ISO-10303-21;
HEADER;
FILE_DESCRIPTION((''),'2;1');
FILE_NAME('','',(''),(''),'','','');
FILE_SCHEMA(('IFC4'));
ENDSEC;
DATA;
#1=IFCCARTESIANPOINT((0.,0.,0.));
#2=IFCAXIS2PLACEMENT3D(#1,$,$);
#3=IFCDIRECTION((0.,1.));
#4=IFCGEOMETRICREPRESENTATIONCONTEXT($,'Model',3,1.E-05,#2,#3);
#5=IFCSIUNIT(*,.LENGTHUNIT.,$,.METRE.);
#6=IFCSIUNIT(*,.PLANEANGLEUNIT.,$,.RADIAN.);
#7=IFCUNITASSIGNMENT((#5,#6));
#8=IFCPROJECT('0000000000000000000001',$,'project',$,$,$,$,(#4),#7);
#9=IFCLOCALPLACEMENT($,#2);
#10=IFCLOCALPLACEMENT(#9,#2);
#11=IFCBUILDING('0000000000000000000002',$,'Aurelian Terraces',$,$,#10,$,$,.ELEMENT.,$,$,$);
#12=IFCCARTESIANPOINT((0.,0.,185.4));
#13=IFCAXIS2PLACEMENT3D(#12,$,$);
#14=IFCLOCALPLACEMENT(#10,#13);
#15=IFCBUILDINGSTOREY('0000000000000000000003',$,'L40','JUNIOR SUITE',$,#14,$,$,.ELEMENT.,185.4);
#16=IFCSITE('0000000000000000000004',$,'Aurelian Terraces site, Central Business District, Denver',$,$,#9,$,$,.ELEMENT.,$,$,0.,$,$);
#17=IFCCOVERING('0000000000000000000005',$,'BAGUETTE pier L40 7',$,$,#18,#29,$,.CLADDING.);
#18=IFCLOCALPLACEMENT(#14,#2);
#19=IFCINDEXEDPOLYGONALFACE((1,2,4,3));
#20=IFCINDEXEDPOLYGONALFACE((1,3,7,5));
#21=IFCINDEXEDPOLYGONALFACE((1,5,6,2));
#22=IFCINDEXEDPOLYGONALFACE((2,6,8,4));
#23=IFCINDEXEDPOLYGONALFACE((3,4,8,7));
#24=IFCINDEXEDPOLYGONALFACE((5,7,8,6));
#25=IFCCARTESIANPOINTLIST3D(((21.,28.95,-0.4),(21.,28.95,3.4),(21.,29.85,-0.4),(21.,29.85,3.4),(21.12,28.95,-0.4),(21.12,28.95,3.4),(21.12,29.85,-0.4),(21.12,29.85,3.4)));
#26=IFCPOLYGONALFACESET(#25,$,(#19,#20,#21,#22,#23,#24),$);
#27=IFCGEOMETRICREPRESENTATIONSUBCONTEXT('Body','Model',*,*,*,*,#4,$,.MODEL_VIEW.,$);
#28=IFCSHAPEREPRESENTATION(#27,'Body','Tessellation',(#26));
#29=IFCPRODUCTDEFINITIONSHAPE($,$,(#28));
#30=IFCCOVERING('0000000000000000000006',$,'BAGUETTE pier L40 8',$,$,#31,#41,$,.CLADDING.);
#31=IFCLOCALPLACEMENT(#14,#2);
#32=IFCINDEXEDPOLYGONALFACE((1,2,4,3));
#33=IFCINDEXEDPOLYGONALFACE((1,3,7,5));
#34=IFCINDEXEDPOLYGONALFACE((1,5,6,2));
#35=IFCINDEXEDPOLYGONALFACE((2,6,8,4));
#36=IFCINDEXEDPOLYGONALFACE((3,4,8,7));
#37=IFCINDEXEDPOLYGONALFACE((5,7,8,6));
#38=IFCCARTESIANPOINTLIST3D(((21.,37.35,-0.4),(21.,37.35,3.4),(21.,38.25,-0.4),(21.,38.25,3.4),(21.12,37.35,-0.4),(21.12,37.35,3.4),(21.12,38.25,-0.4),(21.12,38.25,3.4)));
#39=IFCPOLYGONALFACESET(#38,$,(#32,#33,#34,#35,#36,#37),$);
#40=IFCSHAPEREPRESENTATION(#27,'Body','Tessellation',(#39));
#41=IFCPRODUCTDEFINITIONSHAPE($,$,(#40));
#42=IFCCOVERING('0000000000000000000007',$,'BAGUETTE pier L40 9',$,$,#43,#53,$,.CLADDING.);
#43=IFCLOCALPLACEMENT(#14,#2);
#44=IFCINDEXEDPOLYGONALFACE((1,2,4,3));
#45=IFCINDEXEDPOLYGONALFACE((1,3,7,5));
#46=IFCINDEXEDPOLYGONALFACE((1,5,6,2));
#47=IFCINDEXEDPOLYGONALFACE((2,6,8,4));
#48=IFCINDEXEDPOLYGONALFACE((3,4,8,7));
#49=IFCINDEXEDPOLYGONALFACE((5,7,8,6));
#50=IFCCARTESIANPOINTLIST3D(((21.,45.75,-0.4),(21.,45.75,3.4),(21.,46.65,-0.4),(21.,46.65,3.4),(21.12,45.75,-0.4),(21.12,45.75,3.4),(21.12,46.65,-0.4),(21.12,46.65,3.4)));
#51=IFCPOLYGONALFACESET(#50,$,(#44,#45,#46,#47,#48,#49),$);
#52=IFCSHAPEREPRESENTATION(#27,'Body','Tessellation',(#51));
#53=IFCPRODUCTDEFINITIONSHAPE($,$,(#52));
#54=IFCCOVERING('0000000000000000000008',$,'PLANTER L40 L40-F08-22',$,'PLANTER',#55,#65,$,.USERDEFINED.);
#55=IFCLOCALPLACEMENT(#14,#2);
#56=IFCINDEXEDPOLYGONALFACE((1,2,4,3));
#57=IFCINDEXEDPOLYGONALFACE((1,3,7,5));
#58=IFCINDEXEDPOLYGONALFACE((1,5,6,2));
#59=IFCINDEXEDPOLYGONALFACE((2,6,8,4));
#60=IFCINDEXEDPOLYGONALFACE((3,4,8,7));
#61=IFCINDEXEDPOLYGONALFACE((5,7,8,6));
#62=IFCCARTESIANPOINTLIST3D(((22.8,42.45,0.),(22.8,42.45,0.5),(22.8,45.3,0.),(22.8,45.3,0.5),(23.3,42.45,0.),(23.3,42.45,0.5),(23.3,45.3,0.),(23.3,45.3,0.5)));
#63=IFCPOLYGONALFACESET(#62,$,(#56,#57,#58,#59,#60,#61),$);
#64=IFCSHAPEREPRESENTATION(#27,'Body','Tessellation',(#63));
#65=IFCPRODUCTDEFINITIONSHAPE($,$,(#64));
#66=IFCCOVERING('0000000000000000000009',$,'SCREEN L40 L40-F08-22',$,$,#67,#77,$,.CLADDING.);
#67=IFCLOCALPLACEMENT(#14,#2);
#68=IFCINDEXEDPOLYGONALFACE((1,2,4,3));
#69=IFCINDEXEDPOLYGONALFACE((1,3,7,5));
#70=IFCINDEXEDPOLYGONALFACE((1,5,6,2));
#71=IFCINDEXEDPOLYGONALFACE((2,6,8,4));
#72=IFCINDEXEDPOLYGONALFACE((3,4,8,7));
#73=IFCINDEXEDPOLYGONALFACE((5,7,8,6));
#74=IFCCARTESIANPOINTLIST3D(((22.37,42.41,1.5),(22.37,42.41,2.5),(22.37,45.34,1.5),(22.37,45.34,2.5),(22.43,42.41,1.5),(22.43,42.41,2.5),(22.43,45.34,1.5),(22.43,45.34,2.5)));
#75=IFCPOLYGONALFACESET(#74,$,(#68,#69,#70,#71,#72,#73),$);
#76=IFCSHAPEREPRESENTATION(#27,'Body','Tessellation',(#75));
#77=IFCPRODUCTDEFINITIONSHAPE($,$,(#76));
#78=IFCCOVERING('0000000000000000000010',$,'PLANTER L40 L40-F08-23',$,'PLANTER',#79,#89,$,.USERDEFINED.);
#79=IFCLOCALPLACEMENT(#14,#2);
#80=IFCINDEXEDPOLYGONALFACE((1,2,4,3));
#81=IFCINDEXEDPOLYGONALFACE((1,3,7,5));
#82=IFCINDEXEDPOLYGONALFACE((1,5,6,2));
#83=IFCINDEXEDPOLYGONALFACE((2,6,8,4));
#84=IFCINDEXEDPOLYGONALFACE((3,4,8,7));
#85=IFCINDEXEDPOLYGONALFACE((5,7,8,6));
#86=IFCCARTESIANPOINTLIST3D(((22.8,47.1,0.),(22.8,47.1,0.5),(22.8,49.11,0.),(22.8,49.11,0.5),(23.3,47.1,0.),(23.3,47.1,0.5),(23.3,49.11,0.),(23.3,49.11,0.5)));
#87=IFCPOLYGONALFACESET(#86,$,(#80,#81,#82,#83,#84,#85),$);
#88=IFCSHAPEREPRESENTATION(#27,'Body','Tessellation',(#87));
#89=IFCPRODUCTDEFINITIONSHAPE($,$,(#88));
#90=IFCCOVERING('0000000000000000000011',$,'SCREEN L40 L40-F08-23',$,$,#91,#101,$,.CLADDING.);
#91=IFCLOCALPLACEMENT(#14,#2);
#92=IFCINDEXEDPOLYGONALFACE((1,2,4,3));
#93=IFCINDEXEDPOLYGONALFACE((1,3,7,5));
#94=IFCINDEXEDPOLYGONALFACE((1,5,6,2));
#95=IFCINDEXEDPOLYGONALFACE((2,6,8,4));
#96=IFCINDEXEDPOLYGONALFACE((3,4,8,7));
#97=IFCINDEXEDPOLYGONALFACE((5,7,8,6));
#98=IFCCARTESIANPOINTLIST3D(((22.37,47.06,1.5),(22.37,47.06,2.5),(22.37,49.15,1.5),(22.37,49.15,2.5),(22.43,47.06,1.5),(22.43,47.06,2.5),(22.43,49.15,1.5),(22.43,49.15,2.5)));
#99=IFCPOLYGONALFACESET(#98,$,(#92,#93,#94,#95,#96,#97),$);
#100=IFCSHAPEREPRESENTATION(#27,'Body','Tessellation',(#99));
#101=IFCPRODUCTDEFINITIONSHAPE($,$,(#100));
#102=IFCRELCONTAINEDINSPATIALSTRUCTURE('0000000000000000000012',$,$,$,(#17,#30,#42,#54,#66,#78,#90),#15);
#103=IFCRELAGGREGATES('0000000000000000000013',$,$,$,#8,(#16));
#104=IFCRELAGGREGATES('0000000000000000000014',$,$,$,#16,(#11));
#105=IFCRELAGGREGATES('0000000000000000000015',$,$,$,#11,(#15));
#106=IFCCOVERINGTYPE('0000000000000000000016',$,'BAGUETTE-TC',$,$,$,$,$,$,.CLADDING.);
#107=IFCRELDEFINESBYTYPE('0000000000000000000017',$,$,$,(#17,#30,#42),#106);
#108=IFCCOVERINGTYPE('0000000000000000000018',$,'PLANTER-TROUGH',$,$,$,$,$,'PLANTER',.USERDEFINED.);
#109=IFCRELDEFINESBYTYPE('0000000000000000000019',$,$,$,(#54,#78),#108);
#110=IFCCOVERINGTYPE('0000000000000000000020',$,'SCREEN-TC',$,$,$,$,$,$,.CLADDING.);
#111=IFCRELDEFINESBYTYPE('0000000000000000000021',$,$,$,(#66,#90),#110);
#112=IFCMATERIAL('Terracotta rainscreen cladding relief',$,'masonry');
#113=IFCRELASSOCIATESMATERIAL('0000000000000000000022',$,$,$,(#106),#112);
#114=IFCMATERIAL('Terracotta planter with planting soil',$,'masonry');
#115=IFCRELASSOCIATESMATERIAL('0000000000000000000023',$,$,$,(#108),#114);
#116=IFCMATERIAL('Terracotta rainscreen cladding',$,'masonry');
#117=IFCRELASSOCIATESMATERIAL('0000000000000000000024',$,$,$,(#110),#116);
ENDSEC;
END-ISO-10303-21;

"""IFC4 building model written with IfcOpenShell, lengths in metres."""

from ifc_helpers import new_model, si_unit, direction, frame, origin, origin_2d, place, context, subcontext, project, spatial, rectangle, extrude, source, transform, mapped, material, type_object, element, save


model = new_model("IFC4")

# Units and contexts
model_context = context("Model", 3, precision=1e-05, world=origin(), true_north=direction((0.0, 1.0)))
body_context = subcontext(model_context, "Body", "Model", "MODEL_VIEW")
ifc_project = project(units=[si_unit("LENGTHUNIT", "METRE"), si_unit("PLANEANGLEUNIT", "RADIAN")], contexts=[model_context])

# Site, building, storey
site_placement = place(None, origin())
site = spatial("IfcSite", under=ifc_project, at=site_placement, Name="Aurelian Terraces site, Central Business District, Denver", CompositionType="ELEMENT", RefElevation=0.0)
building_placement = place(site_placement, origin())
building = spatial("IfcBuilding", under=site, at=building_placement, Name="Aurelian Terraces", CompositionType="ELEMENT")
storey_placement = place(building_placement, frame((0.0, 0.0, 185.4)))
storey = spatial("IfcBuildingStorey", under=building, at=storey_placement, Name="L40", Description="JUNIOR SUITE", CompositionType="ELEMENT", Elevation=185.4)

# Coverings
ifc_material_1 = material(Name="Terracotta rainscreen cladding relief", Category="masonry")
covering_type_1 = type_object("IfcCoveringType", Name="BAGUETTE-TC", PredefinedType="CLADDING", material=ifc_material_1)
shared_shape_1 = source(origin(), body_context, "Body", "SweptSolid", [
    extrude(rectangle(XDim=0.12, YDim=0.9, at=origin_2d()), origin(), (0.0, 0.0, 1.0), 3.8),
])
for number, where, z_axis, x_axis, name in (
    (1, (21.06, 29.4, -0.4), (0.0, 0.0, 1.0), (1.0, 0.0, 0.0), "BAGUETTE pier L40 7"),
    (2, (21.06, 37.8, -0.4), (0.0, 0.0, 1.0), (1.0, 0.0, 0.0), "BAGUETTE pier L40 8"),
    (3, (21.06, 46.2, -0.4), (0.0, 0.0, 1.0), (1.0, 0.0, 0.0), "BAGUETTE pier L40 9"),
):
    element("IfcCovering", number, at=place(storey_placement, frame(where, z_axis=z_axis, x_axis=x_axis)), inside=storey, type_object=covering_type_1, Name=name, PredefinedType="CLADDING", context=body_context, shape_type="MappedRepresentation", body=[
        mapped(shared_shape_1, transform((0.0, 0.0, 0.0), scale=1.0)),
    ])
ifc_material_2 = material(Name="Terracotta planter with planting soil", Category="masonry")
covering_type_2 = type_object("IfcCoveringType", Name="PLANTER-TROUGH", ElementType="PLANTER", PredefinedType="USERDEFINED", material=ifc_material_2)
shared_shape_2 = source(origin(), body_context, "Body", "SweptSolid", [
    extrude(rectangle(XDim=0.5, YDim=2.85, at=origin_2d()), origin(), (0.0, 0.0, 1.0), 0.5),
])
covering_1_placement = place(storey_placement, frame((23.05, 43.875, 0.0), z_axis=(0.0, 0.0, 1.0), x_axis=(1.0, 0.0, 0.0)))
element("IfcCovering", 4, at=covering_1_placement, inside=storey, type_object=covering_type_2, Name="PLANTER L40 L40-F08-22", ObjectType="PLANTER", PredefinedType="USERDEFINED", context=body_context, shape_type="MappedRepresentation", body=[
    mapped(shared_shape_2, transform((0.0, 0.0, 0.0), scale=1.0)),
])
ifc_material_3 = material(Name="Terracotta rainscreen cladding", Category="masonry")
covering_type_3 = type_object("IfcCoveringType", Name="SCREEN-TC", PredefinedType="CLADDING", material=ifc_material_3)
shared_shape_3 = source(origin(), body_context, "Body", "SweptSolid", [
    extrude(rectangle(XDim=0.06, YDim=2.93, at=origin_2d()), origin(), (0.0, 0.0, 1.0), 1.0),
])
covering_2_placement = place(storey_placement, frame((22.4, 43.875, 1.5), z_axis=(0.0, 0.0, 1.0), x_axis=(1.0, 0.0, 0.0)))
element("IfcCovering", 5, at=covering_2_placement, inside=storey, type_object=covering_type_3, Name="SCREEN L40 L40-F08-22", PredefinedType="CLADDING", context=body_context, shape_type="MappedRepresentation", body=[
    mapped(shared_shape_3, transform((0.0, 0.0, 0.0), scale=1.0)),
])

# Coverings
shared_shape_4 = source(origin(), body_context, "Body", "SweptSolid", [
    extrude(rectangle(XDim=0.5, YDim=2.01, at=origin_2d()), origin(), (0.0, 0.0, 1.0), 0.5),
])
covering_3_placement = place(storey_placement, frame((23.05, 48.105, 0.0), z_axis=(0.0, 0.0, 1.0), x_axis=(1.0, 0.0, 0.0)))
element("IfcCovering", 6, at=covering_3_placement, inside=storey, type_object=covering_type_2, Name="PLANTER L40 L40-F08-23", ObjectType="PLANTER", PredefinedType="USERDEFINED", context=body_context, shape_type="MappedRepresentation", body=[
    mapped(shared_shape_4, transform((0.0, 0.0, 0.0), scale=1.0)),
])
shared_shape_5 = source(origin(), body_context, "Body", "SweptSolid", [
    extrude(rectangle(XDim=0.06, YDim=2.09, at=origin_2d()), origin(), (0.0, 0.0, 1.0), 1.0),
])
covering_4_placement = place(storey_placement, frame((22.4, 48.105, 1.5), z_axis=(0.0, 0.0, 1.0), x_axis=(1.0, 0.0, 0.0)))
element("IfcCovering", 7, at=covering_4_placement, inside=storey, type_object=covering_type_3, Name="SCREEN L40 L40-F08-23", PredefinedType="CLADDING", context=body_context, shape_type="MappedRepresentation", body=[
    mapped(shared_shape_5, transform((0.0, 0.0, 0.0), scale=1.0)),
])

save(model, "model.ifc")
